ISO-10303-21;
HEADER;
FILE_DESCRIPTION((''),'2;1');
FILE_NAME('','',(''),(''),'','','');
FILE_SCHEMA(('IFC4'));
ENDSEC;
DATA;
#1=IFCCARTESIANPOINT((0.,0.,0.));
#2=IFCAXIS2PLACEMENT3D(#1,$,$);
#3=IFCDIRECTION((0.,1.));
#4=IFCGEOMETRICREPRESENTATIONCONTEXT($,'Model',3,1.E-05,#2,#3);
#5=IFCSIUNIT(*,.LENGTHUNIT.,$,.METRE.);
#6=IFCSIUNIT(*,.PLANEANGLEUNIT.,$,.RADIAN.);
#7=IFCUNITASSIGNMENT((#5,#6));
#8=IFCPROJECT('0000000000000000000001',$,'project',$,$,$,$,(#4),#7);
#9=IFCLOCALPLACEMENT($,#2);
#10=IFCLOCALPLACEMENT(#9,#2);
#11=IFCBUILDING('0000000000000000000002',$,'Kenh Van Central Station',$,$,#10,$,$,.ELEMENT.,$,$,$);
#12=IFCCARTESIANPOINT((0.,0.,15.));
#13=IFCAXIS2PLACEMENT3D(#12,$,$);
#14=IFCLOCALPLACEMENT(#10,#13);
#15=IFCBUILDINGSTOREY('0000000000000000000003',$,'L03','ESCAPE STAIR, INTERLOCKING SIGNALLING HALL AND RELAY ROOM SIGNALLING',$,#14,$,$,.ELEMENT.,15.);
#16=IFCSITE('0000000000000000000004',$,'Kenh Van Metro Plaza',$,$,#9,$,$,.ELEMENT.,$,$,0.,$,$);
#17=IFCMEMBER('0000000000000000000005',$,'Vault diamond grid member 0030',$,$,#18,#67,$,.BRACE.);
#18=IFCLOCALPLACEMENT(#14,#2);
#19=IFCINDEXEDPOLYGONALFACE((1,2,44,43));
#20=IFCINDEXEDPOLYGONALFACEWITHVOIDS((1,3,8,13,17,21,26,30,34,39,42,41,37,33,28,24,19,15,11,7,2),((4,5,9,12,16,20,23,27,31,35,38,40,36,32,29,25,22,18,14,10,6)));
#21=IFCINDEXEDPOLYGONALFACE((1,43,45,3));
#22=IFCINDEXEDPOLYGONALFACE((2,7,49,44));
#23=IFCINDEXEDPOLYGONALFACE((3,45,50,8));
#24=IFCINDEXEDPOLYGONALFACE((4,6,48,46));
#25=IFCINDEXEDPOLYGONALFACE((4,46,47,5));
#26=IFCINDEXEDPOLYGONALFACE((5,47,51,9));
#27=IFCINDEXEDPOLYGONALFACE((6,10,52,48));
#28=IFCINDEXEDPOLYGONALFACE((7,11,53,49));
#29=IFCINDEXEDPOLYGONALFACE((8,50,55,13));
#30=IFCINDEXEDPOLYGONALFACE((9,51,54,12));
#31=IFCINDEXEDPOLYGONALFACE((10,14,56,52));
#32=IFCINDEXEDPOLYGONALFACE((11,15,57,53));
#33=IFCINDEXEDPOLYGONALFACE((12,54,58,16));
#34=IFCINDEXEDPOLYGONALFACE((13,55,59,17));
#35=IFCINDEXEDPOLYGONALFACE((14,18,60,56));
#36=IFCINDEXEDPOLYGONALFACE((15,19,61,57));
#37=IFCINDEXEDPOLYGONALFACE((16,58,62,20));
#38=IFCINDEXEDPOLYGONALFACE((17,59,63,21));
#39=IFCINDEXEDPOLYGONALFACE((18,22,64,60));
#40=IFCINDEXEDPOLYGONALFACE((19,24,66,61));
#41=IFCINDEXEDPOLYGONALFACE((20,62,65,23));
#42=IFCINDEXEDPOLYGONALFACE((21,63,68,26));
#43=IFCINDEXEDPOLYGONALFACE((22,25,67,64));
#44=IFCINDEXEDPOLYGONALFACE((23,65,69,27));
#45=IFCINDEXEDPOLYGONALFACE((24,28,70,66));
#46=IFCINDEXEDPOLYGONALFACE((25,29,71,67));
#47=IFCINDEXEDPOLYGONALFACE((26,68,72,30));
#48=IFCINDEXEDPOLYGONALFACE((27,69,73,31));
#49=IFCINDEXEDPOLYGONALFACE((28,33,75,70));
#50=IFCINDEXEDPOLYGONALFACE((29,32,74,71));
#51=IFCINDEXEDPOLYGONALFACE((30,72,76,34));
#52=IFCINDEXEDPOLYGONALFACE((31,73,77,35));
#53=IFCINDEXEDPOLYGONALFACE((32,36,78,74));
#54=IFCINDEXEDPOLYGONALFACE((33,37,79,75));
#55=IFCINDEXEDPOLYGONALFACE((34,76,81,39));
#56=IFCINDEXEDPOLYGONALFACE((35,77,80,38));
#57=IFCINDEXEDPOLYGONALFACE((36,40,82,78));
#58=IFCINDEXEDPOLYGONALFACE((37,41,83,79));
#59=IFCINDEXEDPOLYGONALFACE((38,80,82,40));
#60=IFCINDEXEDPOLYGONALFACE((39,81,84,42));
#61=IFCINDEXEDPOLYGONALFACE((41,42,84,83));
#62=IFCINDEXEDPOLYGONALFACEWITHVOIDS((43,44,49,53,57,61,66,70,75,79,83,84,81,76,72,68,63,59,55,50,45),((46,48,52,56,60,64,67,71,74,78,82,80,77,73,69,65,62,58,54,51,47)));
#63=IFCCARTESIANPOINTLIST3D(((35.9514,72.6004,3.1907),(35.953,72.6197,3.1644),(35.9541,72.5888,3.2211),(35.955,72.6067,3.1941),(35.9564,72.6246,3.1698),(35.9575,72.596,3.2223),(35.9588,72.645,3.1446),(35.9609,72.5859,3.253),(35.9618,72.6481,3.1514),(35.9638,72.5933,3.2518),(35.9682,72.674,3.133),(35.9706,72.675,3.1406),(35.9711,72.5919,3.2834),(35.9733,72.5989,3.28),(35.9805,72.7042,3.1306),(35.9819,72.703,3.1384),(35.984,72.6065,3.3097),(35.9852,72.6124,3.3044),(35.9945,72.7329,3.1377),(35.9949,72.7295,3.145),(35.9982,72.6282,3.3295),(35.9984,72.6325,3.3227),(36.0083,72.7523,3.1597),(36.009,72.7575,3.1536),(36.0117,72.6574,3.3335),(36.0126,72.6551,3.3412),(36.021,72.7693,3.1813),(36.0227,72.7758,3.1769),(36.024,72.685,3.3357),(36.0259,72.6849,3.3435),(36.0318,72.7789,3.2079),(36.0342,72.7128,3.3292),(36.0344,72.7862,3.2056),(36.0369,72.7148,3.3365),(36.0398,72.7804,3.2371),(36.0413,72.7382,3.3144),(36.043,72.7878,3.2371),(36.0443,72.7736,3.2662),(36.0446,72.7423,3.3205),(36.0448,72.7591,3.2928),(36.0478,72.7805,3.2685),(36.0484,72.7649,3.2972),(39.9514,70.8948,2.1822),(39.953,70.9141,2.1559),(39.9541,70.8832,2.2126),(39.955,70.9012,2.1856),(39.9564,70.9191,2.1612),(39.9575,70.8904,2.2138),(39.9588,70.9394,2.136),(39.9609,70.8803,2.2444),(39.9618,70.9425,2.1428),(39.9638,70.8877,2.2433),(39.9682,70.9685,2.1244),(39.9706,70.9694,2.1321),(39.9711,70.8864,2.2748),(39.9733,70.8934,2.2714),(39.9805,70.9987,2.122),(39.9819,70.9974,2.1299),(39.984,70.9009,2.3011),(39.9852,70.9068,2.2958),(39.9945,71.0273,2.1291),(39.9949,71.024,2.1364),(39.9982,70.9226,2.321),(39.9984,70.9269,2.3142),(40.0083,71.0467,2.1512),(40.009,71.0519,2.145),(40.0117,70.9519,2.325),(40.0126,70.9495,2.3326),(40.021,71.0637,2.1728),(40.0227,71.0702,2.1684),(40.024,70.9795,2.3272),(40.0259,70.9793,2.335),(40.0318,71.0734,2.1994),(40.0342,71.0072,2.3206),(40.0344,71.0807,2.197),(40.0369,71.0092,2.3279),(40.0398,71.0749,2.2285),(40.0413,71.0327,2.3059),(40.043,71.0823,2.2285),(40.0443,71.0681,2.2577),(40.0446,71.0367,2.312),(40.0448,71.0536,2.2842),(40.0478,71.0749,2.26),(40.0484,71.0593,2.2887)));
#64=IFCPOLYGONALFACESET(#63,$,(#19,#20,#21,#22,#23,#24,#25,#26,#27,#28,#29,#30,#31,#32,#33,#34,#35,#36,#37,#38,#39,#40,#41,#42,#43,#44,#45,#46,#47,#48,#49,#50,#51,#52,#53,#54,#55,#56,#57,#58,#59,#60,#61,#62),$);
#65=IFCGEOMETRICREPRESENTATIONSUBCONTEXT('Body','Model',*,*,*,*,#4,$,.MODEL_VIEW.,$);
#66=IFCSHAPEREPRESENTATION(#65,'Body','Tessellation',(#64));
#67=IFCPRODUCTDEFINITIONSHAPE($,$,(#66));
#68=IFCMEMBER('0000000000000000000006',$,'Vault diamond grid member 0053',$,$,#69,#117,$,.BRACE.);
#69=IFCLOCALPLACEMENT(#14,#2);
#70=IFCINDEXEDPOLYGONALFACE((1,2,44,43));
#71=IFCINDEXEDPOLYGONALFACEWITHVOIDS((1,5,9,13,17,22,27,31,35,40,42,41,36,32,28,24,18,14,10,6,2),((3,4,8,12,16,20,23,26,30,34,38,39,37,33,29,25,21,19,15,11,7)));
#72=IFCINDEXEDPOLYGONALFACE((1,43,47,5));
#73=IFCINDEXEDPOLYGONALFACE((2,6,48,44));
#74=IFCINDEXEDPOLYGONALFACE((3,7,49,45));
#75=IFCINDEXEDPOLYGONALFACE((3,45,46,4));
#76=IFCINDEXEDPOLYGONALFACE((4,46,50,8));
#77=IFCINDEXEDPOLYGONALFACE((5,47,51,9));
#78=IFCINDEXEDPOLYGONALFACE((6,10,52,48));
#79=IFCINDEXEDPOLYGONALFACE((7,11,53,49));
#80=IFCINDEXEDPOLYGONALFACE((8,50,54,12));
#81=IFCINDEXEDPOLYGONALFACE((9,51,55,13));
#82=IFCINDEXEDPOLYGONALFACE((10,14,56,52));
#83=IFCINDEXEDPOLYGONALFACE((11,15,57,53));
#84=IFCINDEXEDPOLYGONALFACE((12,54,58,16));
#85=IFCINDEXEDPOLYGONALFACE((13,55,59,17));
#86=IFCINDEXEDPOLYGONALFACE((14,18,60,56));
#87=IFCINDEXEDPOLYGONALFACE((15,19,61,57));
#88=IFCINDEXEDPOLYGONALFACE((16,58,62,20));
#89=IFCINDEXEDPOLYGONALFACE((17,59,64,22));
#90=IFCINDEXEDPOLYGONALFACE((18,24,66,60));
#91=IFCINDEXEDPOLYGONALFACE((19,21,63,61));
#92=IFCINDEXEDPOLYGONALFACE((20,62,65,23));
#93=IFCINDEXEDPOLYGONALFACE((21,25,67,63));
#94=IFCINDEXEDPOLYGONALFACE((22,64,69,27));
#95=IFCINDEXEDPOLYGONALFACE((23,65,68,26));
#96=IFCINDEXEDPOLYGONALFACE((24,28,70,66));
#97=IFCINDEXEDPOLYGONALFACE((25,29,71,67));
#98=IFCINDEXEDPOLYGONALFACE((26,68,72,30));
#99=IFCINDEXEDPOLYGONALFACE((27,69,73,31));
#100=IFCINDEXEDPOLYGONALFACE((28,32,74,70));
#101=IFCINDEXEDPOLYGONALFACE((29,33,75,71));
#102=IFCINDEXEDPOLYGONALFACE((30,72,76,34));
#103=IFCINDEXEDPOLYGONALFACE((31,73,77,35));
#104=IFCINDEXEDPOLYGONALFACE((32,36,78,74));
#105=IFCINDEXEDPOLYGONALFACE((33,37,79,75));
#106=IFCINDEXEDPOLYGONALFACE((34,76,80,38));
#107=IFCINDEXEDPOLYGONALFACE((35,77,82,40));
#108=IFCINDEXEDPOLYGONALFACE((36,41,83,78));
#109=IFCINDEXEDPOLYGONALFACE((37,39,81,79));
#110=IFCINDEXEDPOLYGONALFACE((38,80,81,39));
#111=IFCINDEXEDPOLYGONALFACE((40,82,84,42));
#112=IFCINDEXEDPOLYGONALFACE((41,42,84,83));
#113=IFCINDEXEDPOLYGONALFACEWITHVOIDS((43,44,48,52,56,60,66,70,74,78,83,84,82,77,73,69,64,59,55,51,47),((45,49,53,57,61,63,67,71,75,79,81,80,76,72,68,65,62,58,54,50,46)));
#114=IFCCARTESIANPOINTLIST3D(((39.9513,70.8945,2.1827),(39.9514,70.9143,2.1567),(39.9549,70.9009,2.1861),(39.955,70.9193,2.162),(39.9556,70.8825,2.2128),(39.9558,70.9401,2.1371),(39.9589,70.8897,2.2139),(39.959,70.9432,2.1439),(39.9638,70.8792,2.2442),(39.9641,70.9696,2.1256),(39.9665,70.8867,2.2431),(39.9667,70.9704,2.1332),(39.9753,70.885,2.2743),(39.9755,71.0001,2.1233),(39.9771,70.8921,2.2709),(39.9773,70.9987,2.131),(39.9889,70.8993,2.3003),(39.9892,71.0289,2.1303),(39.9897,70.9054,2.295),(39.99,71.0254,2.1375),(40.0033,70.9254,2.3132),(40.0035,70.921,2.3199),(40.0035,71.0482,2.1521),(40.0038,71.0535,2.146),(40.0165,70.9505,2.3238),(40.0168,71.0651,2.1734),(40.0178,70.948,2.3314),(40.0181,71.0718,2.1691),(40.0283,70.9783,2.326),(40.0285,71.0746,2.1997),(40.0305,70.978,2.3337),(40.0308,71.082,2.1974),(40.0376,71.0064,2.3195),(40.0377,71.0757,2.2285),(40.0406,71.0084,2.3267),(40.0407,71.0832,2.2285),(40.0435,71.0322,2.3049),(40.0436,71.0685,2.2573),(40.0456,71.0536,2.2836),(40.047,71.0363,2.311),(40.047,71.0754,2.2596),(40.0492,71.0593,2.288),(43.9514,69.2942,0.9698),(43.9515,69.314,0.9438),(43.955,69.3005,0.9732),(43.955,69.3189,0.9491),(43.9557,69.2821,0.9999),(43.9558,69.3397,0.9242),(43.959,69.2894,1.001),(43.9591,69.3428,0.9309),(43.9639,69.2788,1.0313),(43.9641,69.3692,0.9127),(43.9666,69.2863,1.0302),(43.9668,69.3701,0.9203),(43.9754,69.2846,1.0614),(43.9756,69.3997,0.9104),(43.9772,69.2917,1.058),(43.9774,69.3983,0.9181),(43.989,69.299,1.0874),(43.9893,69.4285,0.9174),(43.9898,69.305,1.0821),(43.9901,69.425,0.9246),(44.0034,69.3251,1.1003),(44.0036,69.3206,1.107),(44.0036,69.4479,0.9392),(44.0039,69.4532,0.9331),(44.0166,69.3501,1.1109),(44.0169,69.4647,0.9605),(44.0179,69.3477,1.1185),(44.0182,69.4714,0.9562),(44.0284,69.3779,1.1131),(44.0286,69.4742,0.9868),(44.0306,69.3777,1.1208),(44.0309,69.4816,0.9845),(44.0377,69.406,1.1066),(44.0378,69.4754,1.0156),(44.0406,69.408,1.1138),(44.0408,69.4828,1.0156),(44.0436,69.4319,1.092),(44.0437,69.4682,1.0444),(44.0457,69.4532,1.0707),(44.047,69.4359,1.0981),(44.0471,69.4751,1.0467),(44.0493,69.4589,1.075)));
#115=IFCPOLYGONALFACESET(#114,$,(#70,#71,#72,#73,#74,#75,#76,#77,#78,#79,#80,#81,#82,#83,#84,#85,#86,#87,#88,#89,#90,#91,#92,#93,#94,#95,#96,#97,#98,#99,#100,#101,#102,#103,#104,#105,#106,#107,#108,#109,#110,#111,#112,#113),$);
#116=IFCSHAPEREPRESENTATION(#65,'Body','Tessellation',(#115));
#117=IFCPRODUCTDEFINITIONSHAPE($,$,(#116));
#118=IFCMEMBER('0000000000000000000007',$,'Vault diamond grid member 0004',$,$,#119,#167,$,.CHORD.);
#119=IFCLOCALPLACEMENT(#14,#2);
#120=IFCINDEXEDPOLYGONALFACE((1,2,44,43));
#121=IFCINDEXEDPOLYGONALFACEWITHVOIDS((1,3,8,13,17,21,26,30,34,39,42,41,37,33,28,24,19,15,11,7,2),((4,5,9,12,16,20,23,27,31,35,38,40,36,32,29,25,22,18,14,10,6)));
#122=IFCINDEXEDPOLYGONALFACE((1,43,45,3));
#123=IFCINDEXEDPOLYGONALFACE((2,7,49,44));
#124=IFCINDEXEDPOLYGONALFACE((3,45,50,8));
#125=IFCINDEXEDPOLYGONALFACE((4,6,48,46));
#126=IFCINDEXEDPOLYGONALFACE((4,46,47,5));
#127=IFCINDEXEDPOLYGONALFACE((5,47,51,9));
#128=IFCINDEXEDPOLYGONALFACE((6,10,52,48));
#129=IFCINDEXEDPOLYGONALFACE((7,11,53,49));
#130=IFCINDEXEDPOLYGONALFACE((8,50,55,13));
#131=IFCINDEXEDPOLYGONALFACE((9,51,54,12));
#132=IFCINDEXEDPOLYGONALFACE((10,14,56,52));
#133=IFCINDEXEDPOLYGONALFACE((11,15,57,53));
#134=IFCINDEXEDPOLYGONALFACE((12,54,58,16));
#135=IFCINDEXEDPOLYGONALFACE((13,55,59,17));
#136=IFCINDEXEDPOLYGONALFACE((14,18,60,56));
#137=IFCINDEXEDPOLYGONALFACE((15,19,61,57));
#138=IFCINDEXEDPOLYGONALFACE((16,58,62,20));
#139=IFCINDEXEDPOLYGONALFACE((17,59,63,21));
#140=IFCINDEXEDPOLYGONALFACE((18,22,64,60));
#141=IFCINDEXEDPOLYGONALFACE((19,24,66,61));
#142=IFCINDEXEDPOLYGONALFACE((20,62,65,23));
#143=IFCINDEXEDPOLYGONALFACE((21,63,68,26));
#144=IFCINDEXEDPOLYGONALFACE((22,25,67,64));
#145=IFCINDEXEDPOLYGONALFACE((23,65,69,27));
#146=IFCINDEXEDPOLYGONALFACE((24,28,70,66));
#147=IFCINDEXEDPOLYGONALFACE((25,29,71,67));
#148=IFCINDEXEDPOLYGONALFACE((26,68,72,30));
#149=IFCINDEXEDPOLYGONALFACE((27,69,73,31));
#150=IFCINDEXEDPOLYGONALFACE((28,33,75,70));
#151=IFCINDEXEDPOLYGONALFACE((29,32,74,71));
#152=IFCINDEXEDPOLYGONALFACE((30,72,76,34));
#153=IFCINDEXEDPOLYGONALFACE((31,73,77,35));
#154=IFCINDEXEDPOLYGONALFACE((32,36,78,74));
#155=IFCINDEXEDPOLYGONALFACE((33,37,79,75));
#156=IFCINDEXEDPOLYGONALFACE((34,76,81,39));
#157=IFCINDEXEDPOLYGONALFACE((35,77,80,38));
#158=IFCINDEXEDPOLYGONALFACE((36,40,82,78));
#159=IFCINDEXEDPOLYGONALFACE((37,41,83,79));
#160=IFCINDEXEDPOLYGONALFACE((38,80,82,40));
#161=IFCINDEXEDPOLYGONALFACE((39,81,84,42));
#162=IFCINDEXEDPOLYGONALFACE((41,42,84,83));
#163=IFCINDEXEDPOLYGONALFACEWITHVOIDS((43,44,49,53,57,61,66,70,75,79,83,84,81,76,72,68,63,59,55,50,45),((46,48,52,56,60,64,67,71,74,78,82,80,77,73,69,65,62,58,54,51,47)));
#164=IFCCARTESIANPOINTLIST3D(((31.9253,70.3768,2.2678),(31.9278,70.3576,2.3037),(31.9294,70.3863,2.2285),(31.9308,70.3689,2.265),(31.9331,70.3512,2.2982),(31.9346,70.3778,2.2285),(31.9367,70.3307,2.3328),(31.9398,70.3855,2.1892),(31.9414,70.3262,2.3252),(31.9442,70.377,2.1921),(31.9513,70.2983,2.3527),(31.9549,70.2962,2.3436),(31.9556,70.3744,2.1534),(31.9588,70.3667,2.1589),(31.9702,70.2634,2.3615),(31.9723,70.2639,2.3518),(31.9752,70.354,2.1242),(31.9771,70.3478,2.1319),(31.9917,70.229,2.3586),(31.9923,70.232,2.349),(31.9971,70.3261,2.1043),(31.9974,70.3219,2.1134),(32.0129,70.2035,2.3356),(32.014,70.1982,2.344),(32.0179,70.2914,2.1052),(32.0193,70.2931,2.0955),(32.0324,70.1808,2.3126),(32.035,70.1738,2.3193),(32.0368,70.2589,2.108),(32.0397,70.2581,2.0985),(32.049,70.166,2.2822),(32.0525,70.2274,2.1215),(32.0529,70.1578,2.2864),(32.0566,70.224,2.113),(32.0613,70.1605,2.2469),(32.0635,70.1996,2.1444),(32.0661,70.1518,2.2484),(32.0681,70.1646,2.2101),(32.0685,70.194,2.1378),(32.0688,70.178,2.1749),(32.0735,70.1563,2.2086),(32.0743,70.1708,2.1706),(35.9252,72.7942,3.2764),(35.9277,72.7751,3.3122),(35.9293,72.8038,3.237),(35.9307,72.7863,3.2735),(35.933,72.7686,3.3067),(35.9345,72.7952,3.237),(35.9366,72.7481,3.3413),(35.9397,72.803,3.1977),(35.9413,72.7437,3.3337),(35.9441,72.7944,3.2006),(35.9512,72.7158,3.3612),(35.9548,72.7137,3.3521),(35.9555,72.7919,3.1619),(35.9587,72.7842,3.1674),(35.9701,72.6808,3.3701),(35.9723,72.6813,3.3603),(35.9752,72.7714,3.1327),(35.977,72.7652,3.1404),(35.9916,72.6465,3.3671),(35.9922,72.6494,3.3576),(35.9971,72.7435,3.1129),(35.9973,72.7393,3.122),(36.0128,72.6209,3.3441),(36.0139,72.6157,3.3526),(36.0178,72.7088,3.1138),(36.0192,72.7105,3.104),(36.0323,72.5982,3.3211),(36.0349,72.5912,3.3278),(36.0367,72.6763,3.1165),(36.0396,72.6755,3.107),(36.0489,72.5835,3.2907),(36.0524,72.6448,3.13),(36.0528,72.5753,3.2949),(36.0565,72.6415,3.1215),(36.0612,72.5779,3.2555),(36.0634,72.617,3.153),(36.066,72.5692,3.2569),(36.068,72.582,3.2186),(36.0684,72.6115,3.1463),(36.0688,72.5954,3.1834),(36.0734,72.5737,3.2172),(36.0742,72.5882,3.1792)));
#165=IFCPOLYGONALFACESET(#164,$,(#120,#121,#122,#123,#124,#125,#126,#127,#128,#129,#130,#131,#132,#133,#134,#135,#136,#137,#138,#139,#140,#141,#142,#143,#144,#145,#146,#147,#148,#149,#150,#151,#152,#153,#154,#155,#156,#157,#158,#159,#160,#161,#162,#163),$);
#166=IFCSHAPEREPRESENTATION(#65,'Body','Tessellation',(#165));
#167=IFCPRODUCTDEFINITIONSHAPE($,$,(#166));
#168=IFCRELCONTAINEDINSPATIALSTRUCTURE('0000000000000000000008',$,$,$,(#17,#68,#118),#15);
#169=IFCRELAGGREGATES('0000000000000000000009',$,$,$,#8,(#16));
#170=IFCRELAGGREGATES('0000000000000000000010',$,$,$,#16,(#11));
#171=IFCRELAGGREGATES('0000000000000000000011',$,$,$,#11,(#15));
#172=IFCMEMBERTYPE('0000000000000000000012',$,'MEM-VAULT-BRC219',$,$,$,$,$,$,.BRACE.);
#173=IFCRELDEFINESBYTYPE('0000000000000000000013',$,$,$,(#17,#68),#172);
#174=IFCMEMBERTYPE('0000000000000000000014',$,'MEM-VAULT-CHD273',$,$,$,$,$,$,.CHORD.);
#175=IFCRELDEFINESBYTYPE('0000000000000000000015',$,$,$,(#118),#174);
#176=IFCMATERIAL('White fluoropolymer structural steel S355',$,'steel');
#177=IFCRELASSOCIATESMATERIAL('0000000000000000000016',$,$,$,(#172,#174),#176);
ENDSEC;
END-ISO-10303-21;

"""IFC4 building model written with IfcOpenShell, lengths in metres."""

from ifc_helpers import new_model, si_unit, direction, frame, origin, origin_2d, place, context, subcontext, project, spatial, hollow_circle, extrude, material, material_profile, profile_set, type_object, element, save


model = new_model("IFC4")

# Units and contexts
model_context = context("Model", 3, precision=1e-05, world=origin(), true_north=direction((0.0, 1.0)))
body_context = subcontext(model_context, "Body", "Model", "MODEL_VIEW")
ifc_project = project(units=[si_unit("LENGTHUNIT", "METRE"), si_unit("PLANEANGLEUNIT", "RADIAN")], contexts=[model_context])

# Site, building, storey
site_placement = place(None, origin())
site = spatial("IfcSite", under=ifc_project, at=site_placement, Name="Kenh Van Metro Plaza", CompositionType="ELEMENT", RefElevation=0.0)
building_placement = place(site_placement, origin())
building = spatial("IfcBuilding", under=site, at=building_placement, Name="Kenh Van Central Station", CompositionType="ELEMENT")
storey_placement = place(building_placement, frame((0.0, 0.0, 15.0)))
storey = spatial("IfcBuildingStorey", under=building, at=storey_placement, Name="L03", Description="ESCAPE STAIR, INTERLOCKING SIGNALLING HALL AND RELAY ROOM SIGNALLING", CompositionType="ELEMENT", Elevation=15.0)

# Shared definitions
ifc_material_1 = material(Name="White fluoropolymer structural steel S355", Category="steel")

# Members
ifc_material_profile_1 = material_profile(ifc_material_1, hollow_circle(Radius=0.1096, WallThickness=0.0081, at=origin_2d()), Name="CHS 219.1x8")
ifc_profile_set_1 = profile_set([ifc_material_profile_1], Name="White fluoropolymer structural steel S355")
member_type_1 = type_object("IfcMemberType", Name="MEM-VAULT-BRC219", PredefinedType="BRACE", material=ifc_profile_set_1)
member_1_placement = place(storey_placement, frame((36.0, 72.687, 3.2371), z_axis=(0.896084, -0.382083, -0.225935), x_axis=(0.392225, 0.919869, 0.0)))
element("IfcMember", 1, at=member_1_placement, inside=storey, type_object=member_type_1, Name="Vault diamond grid member 0030", PredefinedType="BRACE", context=body_context, shape_type="SweptSolid", body=[
    extrude(hollow_circle(Radius=0.1096, WallThickness=0.0081, at=origin_2d()), origin(), (0.0, 0.0, 1.0), 4.4639),
])
member_2_placement = place(storey_placement, frame((40.0, 70.9814, 2.2285), z_axis=(0.893708, -0.35756, -0.270993), x_axis=(0.371459, 0.928449, 0.0)))
element("IfcMember", 2, at=member_2_placement, inside=storey, type_object=member_type_1, Name="Vault diamond grid member 0053", PredefinedType="BRACE", context=body_context, shape_type="SweptSolid", body=[
    extrude(hollow_circle(Radius=0.1096, WallThickness=0.0081, at=origin_2d()), origin(), (0.0, 0.0, 1.0), 4.4758),
])
ifc_material_profile_2 = material_profile(ifc_material_1, hollow_circle(Radius=0.1365, WallThickness=0.01, at=origin_2d()), Name="CHS 273x10")
ifc_profile_set_2 = profile_set([ifc_material_profile_2], Name="White fluoropolymer structural steel S355")
member_type_2 = type_object("IfcMemberType", Name="MEM-VAULT-CHD273", PredefinedType="CHORD", material=ifc_profile_set_2)
member_3_placement = place(storey_placement, frame((32.0, 70.2695, 2.2285), z_axis=(0.836583, 0.505606, 0.210933), x_axis=(-0.517243, 0.855838, 0.0)))
element("IfcMember", 3, at=member_3_placement, inside=storey, type_object=member_type_2, Name="Vault diamond grid member 0004", PredefinedType="CHORD", context=body_context, shape_type="SweptSolid", body=[
    extrude(hollow_circle(Radius=0.1365, WallThickness=0.01, at=origin_2d()), origin(), (0.0, 0.0, 1.0), 4.7812),
])

save(model, "model.ifc")
